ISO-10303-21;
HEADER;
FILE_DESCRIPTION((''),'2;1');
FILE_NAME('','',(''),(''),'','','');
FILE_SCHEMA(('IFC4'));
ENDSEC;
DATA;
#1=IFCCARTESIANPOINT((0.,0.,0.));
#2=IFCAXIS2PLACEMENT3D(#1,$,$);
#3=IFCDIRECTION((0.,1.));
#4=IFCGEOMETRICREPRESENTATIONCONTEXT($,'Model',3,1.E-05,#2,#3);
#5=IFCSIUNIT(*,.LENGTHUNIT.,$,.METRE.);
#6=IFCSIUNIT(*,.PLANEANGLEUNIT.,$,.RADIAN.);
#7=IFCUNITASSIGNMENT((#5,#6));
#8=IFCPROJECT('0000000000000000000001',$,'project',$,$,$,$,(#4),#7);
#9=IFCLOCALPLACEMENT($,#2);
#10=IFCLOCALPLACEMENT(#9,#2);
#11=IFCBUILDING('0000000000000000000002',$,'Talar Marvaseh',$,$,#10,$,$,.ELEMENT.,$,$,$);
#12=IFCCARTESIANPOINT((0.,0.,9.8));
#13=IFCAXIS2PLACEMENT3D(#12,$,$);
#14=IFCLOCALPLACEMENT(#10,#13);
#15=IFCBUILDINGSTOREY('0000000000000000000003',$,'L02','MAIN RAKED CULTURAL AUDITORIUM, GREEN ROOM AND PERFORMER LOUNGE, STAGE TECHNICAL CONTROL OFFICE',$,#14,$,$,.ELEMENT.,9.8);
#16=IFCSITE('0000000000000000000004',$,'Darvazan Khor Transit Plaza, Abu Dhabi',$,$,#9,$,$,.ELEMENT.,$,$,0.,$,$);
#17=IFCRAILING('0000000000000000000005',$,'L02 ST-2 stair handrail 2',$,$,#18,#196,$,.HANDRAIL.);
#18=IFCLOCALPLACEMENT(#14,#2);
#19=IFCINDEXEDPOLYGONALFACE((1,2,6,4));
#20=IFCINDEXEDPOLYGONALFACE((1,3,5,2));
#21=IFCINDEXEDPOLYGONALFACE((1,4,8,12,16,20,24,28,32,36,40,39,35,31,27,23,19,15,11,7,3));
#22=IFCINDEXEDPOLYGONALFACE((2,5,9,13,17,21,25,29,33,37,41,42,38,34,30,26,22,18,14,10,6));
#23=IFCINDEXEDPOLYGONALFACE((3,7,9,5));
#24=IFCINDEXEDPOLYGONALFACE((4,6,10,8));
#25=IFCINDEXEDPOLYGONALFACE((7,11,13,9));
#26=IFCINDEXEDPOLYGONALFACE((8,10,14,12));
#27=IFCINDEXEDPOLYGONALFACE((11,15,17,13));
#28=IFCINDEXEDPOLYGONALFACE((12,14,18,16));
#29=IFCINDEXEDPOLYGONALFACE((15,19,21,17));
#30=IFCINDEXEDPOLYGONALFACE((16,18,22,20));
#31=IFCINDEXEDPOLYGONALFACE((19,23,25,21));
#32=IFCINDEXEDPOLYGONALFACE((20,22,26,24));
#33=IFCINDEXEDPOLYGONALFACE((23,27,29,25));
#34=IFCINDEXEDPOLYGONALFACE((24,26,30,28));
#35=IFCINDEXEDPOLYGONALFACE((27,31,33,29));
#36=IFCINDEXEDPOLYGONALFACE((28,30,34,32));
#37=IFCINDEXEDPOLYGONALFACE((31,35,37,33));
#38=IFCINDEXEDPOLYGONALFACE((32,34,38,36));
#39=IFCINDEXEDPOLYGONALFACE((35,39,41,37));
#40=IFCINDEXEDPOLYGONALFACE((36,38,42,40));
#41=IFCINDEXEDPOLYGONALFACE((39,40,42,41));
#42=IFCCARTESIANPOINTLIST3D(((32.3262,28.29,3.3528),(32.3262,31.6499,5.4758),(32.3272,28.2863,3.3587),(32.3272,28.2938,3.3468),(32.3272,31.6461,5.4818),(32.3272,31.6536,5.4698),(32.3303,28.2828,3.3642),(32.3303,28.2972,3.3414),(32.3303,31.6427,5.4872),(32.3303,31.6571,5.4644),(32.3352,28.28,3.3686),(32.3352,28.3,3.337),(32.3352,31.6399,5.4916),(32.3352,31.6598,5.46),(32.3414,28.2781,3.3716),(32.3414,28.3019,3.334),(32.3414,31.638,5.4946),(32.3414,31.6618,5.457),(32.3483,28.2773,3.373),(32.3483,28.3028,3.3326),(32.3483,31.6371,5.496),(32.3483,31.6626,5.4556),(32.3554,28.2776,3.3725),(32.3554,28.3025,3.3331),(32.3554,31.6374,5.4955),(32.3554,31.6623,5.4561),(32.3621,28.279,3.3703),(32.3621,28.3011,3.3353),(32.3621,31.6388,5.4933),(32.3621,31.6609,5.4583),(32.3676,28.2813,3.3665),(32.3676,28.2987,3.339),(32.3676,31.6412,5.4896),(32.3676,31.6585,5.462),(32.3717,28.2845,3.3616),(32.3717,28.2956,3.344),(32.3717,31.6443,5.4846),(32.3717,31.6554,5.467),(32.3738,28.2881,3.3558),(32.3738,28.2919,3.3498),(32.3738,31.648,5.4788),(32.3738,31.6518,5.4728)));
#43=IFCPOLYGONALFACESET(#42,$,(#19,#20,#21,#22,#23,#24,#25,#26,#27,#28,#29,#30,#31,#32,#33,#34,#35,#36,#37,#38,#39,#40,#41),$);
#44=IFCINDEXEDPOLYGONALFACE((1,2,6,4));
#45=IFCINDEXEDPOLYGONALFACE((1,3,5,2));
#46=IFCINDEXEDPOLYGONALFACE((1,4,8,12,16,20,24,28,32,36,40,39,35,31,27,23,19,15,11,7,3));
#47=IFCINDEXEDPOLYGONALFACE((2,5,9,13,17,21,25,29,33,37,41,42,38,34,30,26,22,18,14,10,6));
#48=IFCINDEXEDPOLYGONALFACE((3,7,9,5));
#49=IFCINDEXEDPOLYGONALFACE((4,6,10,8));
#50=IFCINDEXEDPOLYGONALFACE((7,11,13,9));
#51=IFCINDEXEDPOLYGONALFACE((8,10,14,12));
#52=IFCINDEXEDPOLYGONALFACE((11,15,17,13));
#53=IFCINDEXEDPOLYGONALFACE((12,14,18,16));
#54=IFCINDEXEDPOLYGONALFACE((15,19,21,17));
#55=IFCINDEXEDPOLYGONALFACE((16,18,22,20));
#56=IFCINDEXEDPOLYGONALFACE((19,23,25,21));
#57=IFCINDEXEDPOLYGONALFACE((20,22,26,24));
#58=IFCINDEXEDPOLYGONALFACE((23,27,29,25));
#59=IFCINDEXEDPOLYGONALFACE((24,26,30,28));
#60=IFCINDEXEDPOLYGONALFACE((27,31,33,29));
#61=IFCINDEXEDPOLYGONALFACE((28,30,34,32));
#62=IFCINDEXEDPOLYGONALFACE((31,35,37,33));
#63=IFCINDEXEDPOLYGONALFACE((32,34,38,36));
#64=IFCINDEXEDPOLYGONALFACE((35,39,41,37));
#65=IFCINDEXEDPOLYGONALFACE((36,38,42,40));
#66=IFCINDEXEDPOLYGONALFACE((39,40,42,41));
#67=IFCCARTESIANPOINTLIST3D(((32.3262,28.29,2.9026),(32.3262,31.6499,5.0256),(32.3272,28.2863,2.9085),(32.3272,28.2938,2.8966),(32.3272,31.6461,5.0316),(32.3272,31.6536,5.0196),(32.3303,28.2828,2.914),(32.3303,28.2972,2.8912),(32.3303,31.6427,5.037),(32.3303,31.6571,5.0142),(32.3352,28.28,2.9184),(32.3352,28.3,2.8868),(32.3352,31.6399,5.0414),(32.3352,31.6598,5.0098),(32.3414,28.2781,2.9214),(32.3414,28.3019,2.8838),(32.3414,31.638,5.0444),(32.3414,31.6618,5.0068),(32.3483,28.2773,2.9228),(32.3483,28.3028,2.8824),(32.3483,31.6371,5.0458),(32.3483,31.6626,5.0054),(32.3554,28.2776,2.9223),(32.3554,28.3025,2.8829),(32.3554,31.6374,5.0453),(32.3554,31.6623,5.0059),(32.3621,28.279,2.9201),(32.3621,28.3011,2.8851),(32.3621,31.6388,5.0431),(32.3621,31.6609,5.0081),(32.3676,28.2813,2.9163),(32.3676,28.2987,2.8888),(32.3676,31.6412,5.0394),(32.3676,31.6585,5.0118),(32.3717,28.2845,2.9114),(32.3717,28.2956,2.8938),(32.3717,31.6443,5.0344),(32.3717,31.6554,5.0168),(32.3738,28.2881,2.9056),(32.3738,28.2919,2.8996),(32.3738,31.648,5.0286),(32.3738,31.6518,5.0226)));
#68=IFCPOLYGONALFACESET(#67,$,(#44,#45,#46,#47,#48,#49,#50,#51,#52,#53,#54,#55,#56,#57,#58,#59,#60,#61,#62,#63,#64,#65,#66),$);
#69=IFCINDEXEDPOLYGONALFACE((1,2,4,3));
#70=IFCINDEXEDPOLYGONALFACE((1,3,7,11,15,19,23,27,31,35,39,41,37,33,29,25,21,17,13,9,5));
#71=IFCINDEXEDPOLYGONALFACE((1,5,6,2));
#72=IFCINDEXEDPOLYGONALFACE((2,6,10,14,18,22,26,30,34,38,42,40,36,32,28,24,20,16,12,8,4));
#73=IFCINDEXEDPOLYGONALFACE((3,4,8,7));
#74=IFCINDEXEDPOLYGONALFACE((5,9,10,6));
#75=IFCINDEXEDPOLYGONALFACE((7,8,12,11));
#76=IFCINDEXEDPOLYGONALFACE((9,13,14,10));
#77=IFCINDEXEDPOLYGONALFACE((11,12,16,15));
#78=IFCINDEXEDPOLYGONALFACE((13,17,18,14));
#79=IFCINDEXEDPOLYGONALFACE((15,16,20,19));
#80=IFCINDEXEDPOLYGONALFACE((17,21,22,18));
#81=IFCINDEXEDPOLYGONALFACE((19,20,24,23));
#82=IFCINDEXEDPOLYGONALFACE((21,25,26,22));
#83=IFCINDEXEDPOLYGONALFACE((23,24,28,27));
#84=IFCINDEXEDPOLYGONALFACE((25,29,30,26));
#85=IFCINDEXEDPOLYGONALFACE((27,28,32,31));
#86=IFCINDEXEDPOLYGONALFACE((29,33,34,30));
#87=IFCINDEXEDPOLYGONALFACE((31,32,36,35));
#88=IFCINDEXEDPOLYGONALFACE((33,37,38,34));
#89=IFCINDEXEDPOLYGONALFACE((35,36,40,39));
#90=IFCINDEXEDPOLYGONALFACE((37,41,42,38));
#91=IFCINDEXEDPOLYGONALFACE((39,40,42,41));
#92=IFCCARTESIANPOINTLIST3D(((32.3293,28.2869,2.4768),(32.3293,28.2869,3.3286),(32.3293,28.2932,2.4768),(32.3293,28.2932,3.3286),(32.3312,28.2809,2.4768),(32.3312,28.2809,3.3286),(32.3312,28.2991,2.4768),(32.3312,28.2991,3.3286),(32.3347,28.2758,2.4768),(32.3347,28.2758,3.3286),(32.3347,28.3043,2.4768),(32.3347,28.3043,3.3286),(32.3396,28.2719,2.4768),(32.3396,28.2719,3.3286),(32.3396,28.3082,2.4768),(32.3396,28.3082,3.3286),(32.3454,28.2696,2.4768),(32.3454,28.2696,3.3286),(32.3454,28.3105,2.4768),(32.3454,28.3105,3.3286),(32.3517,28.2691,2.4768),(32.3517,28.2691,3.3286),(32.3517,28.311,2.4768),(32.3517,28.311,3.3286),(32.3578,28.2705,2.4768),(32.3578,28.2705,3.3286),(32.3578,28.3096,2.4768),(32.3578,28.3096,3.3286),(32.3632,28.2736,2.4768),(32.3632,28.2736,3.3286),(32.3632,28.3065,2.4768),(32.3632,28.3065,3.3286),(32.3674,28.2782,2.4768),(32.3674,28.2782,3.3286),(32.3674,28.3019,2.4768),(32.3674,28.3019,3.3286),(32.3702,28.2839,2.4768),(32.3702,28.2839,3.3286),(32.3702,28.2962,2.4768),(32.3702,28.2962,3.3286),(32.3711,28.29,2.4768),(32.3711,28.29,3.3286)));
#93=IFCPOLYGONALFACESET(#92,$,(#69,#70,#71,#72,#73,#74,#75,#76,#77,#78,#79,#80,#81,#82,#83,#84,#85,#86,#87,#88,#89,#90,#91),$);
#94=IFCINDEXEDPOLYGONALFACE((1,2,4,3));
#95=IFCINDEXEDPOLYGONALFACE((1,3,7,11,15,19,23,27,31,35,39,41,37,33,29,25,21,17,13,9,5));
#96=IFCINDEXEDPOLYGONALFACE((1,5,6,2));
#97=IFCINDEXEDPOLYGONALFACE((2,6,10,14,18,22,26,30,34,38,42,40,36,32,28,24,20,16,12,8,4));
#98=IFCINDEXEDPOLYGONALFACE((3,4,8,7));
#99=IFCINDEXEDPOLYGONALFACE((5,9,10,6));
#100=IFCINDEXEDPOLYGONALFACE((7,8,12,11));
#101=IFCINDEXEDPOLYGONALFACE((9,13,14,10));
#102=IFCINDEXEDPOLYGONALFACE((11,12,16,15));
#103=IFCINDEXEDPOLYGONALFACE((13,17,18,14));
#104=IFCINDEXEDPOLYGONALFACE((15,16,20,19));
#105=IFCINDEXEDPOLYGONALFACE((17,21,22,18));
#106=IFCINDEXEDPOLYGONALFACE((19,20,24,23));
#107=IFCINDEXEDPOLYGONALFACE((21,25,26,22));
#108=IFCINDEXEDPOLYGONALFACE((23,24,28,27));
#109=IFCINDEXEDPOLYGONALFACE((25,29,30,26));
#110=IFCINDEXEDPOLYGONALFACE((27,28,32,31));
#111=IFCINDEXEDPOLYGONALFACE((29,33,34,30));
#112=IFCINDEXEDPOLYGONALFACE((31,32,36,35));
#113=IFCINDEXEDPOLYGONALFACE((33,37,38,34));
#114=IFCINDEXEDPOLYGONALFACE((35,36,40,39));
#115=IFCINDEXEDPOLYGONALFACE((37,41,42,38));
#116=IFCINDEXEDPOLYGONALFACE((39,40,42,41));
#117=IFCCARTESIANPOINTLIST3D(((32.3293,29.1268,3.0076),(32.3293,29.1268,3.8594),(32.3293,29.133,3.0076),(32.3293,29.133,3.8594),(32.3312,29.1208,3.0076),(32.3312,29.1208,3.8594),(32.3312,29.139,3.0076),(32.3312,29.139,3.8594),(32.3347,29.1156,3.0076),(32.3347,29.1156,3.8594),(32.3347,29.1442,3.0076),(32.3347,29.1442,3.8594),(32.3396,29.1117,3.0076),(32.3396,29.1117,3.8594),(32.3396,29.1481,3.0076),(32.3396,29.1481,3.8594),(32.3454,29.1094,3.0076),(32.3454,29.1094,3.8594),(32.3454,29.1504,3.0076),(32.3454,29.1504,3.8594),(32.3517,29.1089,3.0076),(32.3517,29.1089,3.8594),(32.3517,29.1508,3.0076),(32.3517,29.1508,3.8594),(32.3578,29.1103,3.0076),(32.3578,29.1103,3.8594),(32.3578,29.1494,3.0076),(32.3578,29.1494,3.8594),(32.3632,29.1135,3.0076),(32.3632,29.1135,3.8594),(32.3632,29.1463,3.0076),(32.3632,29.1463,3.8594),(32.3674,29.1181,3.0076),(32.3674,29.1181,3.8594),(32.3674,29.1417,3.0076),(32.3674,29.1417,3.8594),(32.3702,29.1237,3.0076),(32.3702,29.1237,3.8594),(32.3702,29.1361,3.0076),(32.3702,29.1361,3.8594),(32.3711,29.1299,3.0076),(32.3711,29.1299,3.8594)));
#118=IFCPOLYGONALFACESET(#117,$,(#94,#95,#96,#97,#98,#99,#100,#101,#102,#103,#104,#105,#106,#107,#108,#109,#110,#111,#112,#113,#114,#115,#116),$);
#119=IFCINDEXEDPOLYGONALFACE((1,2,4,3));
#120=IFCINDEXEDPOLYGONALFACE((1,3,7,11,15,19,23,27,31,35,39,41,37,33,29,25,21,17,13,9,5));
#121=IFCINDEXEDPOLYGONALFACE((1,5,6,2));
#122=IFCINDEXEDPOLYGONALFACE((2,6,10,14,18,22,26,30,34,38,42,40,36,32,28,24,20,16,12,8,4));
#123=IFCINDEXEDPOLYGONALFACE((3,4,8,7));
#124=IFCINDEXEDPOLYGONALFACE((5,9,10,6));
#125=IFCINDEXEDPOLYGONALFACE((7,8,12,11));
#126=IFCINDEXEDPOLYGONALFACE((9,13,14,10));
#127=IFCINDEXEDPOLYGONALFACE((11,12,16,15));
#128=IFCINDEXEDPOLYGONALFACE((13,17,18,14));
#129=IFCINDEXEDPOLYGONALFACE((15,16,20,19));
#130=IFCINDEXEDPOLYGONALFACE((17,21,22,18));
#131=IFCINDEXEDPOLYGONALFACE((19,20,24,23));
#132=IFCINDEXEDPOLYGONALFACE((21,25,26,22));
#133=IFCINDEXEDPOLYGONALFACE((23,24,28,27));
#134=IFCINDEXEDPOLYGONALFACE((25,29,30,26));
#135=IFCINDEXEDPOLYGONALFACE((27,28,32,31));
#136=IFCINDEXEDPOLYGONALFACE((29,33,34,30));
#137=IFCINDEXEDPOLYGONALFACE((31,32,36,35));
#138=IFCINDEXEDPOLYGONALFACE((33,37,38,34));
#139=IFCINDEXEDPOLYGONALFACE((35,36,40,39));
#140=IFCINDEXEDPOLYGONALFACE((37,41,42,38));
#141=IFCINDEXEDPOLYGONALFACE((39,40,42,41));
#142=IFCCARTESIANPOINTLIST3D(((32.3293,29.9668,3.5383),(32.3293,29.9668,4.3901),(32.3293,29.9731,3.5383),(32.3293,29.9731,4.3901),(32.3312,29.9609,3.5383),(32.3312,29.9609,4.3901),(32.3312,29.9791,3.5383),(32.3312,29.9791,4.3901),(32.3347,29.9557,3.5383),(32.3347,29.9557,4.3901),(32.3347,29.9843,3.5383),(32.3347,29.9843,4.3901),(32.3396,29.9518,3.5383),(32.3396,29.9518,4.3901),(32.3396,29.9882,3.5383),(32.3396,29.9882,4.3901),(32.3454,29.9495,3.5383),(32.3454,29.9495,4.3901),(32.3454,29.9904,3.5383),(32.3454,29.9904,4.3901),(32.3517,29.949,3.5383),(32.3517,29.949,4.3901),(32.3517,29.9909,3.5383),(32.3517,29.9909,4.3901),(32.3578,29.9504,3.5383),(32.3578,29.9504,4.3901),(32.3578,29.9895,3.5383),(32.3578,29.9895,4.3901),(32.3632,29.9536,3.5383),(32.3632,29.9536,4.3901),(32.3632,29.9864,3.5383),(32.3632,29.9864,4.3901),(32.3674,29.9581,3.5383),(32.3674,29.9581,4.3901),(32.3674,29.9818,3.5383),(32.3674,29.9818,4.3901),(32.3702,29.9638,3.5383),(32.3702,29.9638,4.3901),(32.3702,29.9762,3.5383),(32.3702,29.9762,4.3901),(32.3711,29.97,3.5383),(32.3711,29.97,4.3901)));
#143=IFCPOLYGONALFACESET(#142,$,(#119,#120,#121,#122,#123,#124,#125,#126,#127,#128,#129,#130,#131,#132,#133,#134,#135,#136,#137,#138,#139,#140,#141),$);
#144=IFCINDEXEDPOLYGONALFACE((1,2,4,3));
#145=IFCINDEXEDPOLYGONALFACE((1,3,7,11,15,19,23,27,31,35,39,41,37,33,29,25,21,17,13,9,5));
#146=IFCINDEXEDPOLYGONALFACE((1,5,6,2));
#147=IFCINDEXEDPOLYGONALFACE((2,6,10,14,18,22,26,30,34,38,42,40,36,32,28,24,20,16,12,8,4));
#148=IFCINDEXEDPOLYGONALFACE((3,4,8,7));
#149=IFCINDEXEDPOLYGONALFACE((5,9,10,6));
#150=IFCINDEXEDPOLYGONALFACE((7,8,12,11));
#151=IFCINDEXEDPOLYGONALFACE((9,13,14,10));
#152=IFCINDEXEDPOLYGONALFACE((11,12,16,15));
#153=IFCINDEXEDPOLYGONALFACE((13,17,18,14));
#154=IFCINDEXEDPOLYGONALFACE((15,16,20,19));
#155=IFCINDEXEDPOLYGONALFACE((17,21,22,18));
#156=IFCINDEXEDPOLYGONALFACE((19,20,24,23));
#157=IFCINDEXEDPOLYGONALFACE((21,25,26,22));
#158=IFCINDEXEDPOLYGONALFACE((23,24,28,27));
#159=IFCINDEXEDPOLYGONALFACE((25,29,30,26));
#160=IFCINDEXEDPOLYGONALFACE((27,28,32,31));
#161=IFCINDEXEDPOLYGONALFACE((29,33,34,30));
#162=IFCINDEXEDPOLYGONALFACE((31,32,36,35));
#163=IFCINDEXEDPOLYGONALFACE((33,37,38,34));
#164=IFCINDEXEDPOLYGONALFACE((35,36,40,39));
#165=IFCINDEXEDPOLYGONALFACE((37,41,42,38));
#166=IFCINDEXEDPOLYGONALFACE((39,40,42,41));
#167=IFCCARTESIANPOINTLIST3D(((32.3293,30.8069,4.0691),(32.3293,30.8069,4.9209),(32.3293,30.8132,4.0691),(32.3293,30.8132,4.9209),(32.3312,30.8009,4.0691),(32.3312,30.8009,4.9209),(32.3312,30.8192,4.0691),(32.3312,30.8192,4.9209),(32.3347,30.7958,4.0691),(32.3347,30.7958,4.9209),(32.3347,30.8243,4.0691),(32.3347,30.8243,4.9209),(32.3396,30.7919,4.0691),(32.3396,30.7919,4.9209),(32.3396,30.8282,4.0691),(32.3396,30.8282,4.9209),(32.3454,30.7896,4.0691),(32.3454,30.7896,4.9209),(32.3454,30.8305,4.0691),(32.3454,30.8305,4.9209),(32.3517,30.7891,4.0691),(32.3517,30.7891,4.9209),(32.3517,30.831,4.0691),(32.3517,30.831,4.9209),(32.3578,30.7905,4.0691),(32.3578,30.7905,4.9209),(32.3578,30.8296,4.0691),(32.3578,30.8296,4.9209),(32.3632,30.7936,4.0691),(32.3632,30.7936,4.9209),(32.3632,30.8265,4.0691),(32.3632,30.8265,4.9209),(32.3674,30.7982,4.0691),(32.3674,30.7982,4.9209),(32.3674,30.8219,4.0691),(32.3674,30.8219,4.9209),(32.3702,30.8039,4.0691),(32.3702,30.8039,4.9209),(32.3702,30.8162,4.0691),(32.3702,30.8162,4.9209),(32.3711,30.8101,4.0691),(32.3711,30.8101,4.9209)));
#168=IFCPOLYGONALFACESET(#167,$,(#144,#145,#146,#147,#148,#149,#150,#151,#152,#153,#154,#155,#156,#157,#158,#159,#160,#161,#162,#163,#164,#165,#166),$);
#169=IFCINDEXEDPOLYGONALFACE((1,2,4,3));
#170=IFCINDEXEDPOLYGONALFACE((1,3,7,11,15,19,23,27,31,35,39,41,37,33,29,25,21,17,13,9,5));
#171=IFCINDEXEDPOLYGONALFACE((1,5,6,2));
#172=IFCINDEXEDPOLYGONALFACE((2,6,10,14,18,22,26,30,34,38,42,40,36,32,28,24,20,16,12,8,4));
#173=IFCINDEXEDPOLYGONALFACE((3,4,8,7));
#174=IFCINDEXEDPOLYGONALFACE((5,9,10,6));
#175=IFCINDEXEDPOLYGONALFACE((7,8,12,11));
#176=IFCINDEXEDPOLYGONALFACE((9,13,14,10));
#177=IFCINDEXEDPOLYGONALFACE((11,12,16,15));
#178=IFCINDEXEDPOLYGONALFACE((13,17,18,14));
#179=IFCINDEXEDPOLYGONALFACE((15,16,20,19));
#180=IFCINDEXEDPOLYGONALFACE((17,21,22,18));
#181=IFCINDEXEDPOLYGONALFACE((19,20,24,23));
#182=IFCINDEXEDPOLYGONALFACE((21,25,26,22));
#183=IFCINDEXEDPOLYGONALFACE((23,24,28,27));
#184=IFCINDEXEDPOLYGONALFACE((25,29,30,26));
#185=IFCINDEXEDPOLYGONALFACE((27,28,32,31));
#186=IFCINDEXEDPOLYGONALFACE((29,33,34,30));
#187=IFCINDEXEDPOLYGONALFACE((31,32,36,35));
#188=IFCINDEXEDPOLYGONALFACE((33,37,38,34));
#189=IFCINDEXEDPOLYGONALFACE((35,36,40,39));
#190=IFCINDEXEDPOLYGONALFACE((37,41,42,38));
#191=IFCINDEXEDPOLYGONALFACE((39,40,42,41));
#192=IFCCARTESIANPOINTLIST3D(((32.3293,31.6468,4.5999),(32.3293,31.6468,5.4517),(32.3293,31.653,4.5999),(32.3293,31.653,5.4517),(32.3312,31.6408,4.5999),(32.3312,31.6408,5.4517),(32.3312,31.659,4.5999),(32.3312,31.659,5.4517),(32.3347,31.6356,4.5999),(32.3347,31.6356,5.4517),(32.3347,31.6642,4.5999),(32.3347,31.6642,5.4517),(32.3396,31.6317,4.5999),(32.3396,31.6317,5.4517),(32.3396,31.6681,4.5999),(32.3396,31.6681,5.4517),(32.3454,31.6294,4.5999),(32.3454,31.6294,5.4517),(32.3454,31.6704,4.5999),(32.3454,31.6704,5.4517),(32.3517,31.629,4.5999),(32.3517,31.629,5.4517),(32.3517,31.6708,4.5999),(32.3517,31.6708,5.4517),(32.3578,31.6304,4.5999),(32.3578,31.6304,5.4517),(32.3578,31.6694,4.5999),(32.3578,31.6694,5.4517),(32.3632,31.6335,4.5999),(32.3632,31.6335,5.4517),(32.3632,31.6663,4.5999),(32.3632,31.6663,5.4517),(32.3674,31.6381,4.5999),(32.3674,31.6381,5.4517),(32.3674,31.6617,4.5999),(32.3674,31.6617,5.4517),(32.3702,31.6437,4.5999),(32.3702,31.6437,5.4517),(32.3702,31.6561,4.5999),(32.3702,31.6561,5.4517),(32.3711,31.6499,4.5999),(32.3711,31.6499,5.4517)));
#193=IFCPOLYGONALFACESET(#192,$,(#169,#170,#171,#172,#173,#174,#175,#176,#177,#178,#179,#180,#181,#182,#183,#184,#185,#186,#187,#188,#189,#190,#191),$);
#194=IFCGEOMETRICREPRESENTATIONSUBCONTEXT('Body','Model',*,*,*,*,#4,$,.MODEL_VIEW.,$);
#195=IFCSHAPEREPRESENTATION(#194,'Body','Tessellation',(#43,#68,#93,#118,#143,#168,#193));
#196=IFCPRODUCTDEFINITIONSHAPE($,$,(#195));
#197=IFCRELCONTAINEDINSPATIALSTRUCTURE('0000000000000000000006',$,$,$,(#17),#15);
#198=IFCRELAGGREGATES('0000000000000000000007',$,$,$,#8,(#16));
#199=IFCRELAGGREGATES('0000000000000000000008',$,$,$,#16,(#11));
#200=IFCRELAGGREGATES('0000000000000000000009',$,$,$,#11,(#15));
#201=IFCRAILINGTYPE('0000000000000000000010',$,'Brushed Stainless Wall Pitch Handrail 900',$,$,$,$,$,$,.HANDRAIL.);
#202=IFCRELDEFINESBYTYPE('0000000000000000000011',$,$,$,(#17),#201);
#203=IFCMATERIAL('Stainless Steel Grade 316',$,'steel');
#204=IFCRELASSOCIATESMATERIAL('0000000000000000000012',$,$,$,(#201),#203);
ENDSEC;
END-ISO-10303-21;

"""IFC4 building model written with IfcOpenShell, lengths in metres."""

from ifc_helpers import new_model, si_unit, direction, frame, origin, origin_2d, place, context, subcontext, project, spatial, circle, extrude, material, type_object, element, save


model = new_model("IFC4")

# Units and contexts
model_context = context("Model", 3, precision=1e-05, world=origin(), true_north=direction((0.0, 1.0)))
body_context = subcontext(model_context, "Body", "Model", "MODEL_VIEW")
ifc_project = project(units=[si_unit("LENGTHUNIT", "METRE"), si_unit("PLANEANGLEUNIT", "RADIAN")], contexts=[model_context])

# Site, building, storey
site_placement = place(None, origin())
site = spatial("IfcSite", under=ifc_project, at=site_placement, Name="Darvazan Khor Transit Plaza, Abu Dhabi", CompositionType="ELEMENT", RefElevation=0.0)
building_placement = place(site_placement, origin())
building = spatial("IfcBuilding", under=site, at=building_placement, Name="Talar Marvaseh", CompositionType="ELEMENT")
storey_placement = place(building_placement, frame((0.0, 0.0, 9.8)))
storey = spatial("IfcBuildingStorey", under=building, at=storey_placement, Name="L02", Description="MAIN RAKED CULTURAL AUDITORIUM, GREEN ROOM AND PERFORMER LOUNGE, STAGE TECHNICAL CONTROL OFFICE", CompositionType="ELEMENT", Elevation=9.8)

# Shared definitions
ifc_material_1 = material(Name="Stainless Steel Grade 316", Category="steel")

# Railing
railing_type_1 = type_object("IfcRailingType", Name="Brushed Stainless Wall Pitch Handrail 900", PredefinedType="HANDRAIL", material=ifc_material_1)
railing_1_placement = place(storey_placement, frame((32.3501, 28.29, 2.4768)))
element("IfcRailing", 1, at=railing_1_placement, inside=storey, type_object=railing_type_1, Name="L02 ST-2 stair handrail 2", PredefinedType="HANDRAIL", context=body_context, shape_type="SweptSolid", body=[
    extrude(circle(Radius=0.0239, at=origin_2d()), frame((0.0, 0.0, 0.876), z_axis=(0.0, 0.845372, 0.534178), x_axis=(-1.0, 0.0, 0.0)), (0.0, 0.0, 1.0), 3.9744),
    extrude(circle(Radius=0.0239, at=origin_2d()), frame((0.0, 0.0, 0.4258), z_axis=(0.0, 0.845372, 0.534178), x_axis=(-1.0, 0.0, 0.0)), (0.0, 0.0, 1.0), 3.9744),
    extrude(circle(Radius=0.021, at=origin_2d()), origin(), (0.0, 0.0, 1.0), 0.8518),
    extrude(circle(Radius=0.021, at=origin_2d()), frame((0.0, 0.8398, 0.5308)), (0.0, 0.0, 1.0), 0.8518),
    extrude(circle(Radius=0.021, at=origin_2d()), frame((0.0, 1.6799, 1.0615)), (0.0, 0.0, 1.0), 0.8518),
    extrude(circle(Radius=0.021, at=origin_2d()), frame((0.0, 2.52, 1.5923)), (0.0, 0.0, 1.0), 0.8518),
    extrude(circle(Radius=0.021, at=origin_2d()), frame((0.0, 3.3599, 2.123)), (0.0, 0.0, 1.0), 0.8518),
])

save(model, "model.ifc")
